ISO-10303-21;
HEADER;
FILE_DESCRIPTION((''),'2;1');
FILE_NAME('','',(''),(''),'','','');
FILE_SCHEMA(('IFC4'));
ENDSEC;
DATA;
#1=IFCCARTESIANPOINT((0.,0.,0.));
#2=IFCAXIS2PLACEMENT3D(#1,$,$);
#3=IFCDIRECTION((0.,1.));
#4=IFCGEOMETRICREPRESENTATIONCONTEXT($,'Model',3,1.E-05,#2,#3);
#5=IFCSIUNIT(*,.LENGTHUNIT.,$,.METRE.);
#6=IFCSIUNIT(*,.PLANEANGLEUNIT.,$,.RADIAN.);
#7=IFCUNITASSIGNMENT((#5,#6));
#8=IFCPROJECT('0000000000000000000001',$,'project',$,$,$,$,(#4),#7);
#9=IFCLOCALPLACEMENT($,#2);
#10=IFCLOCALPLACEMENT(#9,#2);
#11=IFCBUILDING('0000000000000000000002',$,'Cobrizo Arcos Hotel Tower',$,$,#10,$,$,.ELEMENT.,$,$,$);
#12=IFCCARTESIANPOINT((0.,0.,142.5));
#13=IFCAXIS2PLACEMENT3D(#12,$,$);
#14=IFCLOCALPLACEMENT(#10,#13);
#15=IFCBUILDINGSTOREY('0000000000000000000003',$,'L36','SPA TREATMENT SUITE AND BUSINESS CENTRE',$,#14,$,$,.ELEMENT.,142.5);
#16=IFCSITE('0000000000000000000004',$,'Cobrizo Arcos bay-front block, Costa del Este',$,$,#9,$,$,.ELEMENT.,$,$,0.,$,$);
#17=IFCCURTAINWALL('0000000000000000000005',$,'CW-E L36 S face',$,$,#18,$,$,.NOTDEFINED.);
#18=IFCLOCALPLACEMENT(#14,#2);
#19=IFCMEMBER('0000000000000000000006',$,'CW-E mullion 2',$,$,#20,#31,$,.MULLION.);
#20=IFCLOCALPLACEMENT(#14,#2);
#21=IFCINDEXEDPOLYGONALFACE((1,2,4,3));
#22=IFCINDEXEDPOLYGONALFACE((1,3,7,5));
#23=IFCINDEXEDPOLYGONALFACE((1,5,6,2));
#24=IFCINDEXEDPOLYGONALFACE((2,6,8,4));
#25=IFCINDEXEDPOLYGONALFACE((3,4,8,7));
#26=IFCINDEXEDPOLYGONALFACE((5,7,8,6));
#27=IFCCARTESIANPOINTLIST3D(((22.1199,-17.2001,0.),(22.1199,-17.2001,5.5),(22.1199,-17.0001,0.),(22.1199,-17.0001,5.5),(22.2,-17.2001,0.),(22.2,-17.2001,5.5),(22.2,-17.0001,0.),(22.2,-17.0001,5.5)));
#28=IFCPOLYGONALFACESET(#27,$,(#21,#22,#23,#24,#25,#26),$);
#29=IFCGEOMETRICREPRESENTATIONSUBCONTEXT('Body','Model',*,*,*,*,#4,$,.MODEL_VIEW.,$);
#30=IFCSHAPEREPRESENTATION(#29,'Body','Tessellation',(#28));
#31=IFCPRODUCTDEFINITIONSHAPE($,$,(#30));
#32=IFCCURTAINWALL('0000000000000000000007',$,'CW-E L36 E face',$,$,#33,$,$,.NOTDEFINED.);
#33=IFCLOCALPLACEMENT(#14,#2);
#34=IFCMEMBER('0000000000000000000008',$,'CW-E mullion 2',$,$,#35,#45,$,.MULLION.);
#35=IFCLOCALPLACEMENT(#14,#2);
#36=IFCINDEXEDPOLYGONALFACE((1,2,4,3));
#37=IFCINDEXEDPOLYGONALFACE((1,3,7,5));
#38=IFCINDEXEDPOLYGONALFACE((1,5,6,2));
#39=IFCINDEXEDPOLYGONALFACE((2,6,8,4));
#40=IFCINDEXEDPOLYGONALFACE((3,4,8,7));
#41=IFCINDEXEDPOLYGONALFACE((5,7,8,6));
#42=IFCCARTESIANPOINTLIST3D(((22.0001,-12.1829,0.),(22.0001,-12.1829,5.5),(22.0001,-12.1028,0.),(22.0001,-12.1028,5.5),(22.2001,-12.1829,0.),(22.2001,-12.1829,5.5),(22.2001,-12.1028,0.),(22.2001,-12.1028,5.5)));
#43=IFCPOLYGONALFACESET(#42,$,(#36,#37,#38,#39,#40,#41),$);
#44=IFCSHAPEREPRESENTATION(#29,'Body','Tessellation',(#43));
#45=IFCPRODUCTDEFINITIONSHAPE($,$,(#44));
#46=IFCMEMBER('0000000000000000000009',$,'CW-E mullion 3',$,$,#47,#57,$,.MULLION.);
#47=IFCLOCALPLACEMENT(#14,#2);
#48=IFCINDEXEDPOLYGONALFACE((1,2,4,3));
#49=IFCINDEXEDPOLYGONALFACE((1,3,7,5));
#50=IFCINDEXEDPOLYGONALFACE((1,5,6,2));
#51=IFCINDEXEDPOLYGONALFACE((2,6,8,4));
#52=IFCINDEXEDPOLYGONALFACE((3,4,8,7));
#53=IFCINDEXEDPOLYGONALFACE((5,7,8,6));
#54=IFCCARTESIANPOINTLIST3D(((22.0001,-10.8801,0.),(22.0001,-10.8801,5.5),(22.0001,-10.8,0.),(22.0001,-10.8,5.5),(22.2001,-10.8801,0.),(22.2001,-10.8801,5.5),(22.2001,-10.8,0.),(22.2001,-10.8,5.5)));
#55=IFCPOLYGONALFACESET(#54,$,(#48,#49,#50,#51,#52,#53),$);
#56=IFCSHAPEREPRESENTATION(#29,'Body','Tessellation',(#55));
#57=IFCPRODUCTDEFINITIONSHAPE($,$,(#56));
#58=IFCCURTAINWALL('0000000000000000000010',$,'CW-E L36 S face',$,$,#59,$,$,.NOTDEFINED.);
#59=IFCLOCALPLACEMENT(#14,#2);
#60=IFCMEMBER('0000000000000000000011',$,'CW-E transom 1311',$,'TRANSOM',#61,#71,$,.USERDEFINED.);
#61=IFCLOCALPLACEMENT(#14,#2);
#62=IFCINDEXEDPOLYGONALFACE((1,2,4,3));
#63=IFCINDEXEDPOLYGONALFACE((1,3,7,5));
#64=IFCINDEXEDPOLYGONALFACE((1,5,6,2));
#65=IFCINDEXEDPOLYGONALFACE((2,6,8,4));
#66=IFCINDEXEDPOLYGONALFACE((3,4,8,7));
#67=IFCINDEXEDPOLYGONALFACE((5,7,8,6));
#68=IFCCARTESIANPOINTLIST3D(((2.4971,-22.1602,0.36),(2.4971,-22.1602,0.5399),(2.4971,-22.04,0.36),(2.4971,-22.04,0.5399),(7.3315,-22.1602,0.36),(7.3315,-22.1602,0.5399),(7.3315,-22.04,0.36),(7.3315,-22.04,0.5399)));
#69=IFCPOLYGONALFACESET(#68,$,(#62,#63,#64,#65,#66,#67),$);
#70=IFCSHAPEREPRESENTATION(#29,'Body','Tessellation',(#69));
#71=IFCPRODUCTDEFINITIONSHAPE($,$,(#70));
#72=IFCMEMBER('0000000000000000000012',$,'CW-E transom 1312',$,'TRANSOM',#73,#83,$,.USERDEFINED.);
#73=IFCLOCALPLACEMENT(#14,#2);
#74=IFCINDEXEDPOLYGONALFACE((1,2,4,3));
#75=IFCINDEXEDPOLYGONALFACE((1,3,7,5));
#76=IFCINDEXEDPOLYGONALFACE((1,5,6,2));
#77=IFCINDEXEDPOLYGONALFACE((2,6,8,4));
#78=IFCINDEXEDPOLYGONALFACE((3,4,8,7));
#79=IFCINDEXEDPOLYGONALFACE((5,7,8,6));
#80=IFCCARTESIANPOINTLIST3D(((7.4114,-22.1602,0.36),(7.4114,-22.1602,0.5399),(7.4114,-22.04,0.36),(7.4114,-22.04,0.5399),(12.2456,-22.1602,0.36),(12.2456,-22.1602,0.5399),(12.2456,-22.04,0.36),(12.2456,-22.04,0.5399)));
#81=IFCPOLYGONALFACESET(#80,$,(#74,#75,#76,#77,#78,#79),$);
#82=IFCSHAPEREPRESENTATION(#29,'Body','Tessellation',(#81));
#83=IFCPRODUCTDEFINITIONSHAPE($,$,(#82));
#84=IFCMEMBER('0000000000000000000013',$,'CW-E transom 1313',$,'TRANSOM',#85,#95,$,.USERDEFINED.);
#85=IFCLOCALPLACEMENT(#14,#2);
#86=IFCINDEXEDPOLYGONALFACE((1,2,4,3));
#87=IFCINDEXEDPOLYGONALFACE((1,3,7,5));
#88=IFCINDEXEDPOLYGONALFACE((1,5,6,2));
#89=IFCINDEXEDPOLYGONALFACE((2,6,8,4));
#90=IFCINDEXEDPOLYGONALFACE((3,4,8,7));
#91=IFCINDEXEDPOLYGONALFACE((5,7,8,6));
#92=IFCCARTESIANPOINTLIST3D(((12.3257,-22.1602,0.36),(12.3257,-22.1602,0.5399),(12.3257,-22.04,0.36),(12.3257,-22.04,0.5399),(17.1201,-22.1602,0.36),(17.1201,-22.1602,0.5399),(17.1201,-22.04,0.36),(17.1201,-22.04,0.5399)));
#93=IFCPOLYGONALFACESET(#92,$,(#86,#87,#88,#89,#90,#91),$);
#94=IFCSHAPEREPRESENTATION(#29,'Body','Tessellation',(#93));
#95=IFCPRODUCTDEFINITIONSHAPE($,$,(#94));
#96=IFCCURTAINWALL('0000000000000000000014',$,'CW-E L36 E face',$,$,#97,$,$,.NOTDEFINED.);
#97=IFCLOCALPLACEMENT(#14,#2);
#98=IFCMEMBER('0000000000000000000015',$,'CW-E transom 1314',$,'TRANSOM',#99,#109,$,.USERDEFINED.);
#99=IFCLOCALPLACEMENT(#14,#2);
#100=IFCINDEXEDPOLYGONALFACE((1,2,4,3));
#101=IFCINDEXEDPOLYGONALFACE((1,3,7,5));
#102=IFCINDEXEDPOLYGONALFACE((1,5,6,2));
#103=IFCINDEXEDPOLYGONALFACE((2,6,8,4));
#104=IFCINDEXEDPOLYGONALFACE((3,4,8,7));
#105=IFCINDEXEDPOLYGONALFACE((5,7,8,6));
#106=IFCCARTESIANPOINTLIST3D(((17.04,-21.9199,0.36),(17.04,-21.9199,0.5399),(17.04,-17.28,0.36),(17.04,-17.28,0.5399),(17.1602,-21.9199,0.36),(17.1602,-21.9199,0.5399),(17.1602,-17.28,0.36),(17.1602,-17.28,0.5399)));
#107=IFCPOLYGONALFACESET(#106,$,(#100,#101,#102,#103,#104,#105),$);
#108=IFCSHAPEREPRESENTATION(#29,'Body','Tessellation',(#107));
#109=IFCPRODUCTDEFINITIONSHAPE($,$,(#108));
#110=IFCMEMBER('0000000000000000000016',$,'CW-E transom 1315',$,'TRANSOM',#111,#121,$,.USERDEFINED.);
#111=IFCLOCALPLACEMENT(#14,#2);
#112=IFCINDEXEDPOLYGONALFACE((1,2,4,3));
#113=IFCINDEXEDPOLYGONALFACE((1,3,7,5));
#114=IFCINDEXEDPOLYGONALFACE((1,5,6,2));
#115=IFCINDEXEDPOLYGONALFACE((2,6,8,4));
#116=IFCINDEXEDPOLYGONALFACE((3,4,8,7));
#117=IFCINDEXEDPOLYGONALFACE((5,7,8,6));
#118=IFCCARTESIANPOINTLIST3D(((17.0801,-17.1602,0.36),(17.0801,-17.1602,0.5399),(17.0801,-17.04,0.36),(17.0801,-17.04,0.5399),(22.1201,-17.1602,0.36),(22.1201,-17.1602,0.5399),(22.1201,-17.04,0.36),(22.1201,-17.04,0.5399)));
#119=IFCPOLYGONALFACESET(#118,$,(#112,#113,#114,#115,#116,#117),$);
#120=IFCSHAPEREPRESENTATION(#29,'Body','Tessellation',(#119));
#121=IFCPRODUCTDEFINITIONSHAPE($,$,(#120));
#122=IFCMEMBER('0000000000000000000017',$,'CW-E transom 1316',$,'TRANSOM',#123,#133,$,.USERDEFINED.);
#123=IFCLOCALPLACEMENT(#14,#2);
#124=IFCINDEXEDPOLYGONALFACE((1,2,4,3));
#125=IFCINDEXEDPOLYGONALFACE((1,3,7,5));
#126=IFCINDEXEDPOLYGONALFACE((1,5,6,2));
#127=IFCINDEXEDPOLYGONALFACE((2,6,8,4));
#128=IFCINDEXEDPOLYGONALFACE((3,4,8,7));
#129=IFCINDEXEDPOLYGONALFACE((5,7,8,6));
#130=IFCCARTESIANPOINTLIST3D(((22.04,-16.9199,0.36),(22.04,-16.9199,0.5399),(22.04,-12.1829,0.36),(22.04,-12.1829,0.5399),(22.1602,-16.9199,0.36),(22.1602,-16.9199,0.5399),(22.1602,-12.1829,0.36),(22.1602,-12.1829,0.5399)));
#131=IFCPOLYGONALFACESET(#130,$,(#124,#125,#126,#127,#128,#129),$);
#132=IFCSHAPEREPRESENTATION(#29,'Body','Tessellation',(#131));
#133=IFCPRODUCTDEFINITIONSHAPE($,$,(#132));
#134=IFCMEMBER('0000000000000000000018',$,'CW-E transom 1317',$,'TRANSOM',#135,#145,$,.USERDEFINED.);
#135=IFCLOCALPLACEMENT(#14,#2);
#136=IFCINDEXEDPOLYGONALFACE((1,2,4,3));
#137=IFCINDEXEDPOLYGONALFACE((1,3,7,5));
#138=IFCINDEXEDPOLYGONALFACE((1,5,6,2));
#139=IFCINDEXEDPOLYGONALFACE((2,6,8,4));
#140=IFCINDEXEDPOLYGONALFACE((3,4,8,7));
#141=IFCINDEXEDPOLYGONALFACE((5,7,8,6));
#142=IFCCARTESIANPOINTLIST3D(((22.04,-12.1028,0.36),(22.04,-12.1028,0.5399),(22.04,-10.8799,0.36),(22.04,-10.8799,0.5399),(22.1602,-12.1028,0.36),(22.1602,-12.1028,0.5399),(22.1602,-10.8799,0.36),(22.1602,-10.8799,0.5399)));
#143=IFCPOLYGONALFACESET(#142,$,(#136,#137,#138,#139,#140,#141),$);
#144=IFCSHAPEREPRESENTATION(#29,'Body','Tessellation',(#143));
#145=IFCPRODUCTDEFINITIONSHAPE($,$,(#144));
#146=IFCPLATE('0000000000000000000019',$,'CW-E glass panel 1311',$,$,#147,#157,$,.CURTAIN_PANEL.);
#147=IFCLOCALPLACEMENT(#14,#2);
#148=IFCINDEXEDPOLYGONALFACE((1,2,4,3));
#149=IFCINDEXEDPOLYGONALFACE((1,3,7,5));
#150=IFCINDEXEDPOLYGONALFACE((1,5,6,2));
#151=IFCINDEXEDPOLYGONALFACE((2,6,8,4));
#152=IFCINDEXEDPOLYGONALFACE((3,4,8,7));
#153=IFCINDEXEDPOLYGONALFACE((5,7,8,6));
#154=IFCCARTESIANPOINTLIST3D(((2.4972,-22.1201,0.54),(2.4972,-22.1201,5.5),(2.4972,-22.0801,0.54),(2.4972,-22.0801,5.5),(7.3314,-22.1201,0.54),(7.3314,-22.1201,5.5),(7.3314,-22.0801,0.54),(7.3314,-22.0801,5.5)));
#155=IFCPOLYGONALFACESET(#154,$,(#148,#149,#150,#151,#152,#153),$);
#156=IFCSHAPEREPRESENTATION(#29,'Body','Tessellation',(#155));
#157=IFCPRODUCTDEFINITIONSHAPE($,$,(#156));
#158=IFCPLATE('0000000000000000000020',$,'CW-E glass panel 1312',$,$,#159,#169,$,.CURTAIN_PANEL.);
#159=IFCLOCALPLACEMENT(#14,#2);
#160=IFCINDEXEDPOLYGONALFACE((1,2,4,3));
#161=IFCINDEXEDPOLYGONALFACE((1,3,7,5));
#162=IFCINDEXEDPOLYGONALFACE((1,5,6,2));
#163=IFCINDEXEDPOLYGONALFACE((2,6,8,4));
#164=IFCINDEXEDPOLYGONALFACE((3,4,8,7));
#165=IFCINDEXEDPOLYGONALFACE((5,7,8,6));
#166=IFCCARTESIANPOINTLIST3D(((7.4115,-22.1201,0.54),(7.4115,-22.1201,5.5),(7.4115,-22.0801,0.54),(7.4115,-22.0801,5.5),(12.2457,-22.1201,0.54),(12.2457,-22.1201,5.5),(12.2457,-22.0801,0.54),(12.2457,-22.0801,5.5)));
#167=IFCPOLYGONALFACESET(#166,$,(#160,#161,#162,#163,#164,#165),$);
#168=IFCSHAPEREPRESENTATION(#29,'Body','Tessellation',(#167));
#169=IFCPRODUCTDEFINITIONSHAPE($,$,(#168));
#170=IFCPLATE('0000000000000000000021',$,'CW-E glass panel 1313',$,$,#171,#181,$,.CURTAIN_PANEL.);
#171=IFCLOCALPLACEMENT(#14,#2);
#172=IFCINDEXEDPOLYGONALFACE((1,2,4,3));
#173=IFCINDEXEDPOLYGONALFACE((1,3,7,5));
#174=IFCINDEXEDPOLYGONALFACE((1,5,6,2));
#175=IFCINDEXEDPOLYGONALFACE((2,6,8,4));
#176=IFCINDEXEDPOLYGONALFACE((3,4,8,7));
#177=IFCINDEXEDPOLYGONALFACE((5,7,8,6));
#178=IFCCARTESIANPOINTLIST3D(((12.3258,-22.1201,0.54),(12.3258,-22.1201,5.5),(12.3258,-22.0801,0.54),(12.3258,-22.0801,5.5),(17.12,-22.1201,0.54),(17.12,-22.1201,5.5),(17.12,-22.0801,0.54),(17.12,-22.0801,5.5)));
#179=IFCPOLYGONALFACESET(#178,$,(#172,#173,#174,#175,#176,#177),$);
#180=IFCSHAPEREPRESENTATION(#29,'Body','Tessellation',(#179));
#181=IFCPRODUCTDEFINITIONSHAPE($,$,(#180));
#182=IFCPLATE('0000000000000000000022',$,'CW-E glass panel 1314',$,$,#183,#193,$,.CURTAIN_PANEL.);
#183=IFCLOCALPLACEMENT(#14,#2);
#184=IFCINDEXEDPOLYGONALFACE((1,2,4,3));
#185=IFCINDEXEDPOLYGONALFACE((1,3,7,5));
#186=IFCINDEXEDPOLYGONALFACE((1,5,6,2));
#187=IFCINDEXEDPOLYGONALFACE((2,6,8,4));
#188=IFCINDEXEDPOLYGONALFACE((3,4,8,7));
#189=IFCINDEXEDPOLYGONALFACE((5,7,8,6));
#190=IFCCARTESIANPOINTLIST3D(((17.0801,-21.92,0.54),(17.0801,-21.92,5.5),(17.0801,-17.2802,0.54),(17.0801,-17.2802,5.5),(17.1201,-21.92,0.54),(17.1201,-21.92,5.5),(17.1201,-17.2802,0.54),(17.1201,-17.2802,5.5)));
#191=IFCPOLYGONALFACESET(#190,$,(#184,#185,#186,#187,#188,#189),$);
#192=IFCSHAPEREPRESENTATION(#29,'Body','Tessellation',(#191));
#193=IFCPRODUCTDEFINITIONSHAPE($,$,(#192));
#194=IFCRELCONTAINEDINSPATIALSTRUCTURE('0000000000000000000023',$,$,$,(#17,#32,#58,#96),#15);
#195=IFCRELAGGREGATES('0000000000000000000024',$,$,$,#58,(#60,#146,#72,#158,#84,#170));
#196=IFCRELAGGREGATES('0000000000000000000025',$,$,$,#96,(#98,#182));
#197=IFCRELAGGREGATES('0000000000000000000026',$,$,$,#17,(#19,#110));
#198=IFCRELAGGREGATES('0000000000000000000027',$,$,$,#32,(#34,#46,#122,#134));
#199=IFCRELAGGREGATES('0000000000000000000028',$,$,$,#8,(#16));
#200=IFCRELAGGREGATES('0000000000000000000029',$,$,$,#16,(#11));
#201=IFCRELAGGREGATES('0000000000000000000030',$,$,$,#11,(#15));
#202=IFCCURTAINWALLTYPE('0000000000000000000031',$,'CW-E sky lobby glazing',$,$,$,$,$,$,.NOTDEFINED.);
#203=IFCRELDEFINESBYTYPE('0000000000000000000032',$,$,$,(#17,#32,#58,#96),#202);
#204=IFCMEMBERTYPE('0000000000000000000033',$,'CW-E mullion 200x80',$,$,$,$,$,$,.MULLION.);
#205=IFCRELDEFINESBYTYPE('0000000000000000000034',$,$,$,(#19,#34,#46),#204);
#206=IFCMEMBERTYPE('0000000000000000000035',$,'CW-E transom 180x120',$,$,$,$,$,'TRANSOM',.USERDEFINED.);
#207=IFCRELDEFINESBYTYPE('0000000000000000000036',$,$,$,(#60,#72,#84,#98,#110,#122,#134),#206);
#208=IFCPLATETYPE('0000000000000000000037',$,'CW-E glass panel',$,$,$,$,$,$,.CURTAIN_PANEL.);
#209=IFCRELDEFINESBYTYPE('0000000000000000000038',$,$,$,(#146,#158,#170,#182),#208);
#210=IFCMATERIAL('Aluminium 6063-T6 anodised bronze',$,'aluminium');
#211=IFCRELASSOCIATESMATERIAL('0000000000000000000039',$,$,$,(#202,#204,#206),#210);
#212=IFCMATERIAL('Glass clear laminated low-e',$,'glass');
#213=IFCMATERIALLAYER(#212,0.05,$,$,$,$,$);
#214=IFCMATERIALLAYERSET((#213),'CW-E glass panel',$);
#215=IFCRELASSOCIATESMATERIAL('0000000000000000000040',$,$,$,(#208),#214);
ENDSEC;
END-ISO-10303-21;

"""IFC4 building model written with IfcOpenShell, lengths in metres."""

from ifc_helpers import new_model, si_unit, direction, frame, origin, origin_2d, place, context, subcontext, project, spatial, rectangle, extrude, material, layer, layer_set, material_profile, profile_set, type_object, element, aggregate, save


model = new_model("IFC4")

# Units and contexts
model_context = context("Model", 3, precision=1e-05, world=origin(), true_north=direction((0.0, 1.0)))
body_context = subcontext(model_context, "Body", "Model", "MODEL_VIEW")
ifc_project = project(units=[si_unit("LENGTHUNIT", "METRE"), si_unit("PLANEANGLEUNIT", "RADIAN")], contexts=[model_context])

# Site, building, storey
site_placement = place(None, origin())
site = spatial("IfcSite", under=ifc_project, at=site_placement, Name="Cobrizo Arcos bay-front block, Costa del Este", CompositionType="ELEMENT", RefElevation=0.0)
building_placement = place(site_placement, origin())
building = spatial("IfcBuilding", under=site, at=building_placement, Name="Cobrizo Arcos Hotel Tower", CompositionType="ELEMENT")
storey_placement = place(building_placement, frame((0.0, 0.0, 142.5)))
storey = spatial("IfcBuildingStorey", under=building, at=storey_placement, Name="L36", Description="SPA TREATMENT SUITE AND BUSINESS CENTRE", CompositionType="ELEMENT", Elevation=142.5)

# Curtain wall, member
ifc_material_1 = material(Name="Aluminium 6063-T6 anodised bronze", Category="aluminium")
curtain_wall_type = type_object("IfcCurtainWallType", Name="CW-E sky lobby glazing", PredefinedType="NOTDEFINED", material=ifc_material_1)
curtain_wall_1_placement = place(storey_placement, origin())
curtain_wall_1 = element("IfcCurtainWall", 1, at=curtain_wall_1_placement, inside=storey, type_object=curtain_wall_type, Name="CW-E L36 S face", PredefinedType="NOTDEFINED")
ifc_material_profile_1 = material_profile(ifc_material_1, rectangle(XDim=0.2, YDim=0.0801, at=origin_2d()), Name="CW-E mullion 200x80")
ifc_profile_set_1 = profile_set([ifc_material_profile_1], Name="Aluminium 6063-T6 anodised bronze")
member_type_1 = type_object("IfcMemberType", Name="CW-E mullion 200x80", PredefinedType="MULLION", material=ifc_profile_set_1)
member_1_placement = place(storey_placement, frame((22.1599, -17.1001, 0.0), z_axis=(0.0, 0.0, 1.0), x_axis=(0.0, -1.0, 0.0)))
member_1 = element("IfcMember", 2, at=member_1_placement, type_object=member_type_1, Name="CW-E mullion 2", PredefinedType="MULLION", context=body_context, shape_type="SweptSolid", body=[
    extrude(rectangle(XDim=0.2, YDim=0.0801, at=origin_2d()), origin(), (0.0, 0.0, 1.0), 5.5),
])

# Curtain walls, members
curtain_wall_2_placement = place(storey_placement, origin())
curtain_wall_2 = element("IfcCurtainWall", 3, at=curtain_wall_2_placement, inside=storey, type_object=curtain_wall_type, Name="CW-E L36 E face", PredefinedType="NOTDEFINED")
member_2_placement = place(storey_placement, frame((22.1001, -12.1428, 0.0), z_axis=(0.0, 0.0, 1.0), x_axis=(1.0, 0.0, 0.0)))
member_2 = element("IfcMember", 4, at=member_2_placement, type_object=member_type_1, Name="CW-E mullion 2", PredefinedType="MULLION", context=body_context, shape_type="SweptSolid", body=[
    extrude(rectangle(XDim=0.2, YDim=0.0801, at=origin_2d()), origin(), (0.0, 0.0, 1.0), 5.5),
])
member_3_placement = place(storey_placement, frame((22.1001, -10.8401, 0.0), z_axis=(0.0, 0.0, 1.0), x_axis=(1.0, 0.0, 0.0)))
member_3 = element("IfcMember", 5, at=member_3_placement, type_object=member_type_1, Name="CW-E mullion 3", PredefinedType="MULLION", context=body_context, shape_type="SweptSolid", body=[
    extrude(rectangle(XDim=0.2, YDim=0.0801, at=origin_2d()), origin(), (0.0, 0.0, 1.0), 5.5),
])
curtain_wall_3_placement = place(storey_placement, origin())
curtain_wall_3 = element("IfcCurtainWall", 6, at=curtain_wall_3_placement, inside=storey, type_object=curtain_wall_type, Name="CW-E L36 S face", PredefinedType="NOTDEFINED")
ifc_material_profile_2 = material_profile(ifc_material_1, rectangle(XDim=0.1201, YDim=0.1799, at=origin_2d()), Name="CW-E transom 180x120")
ifc_profile_set_2 = profile_set([ifc_material_profile_2], Name="Aluminium 6063-T6 anodised bronze")
member_type_2 = type_object("IfcMemberType", Name="CW-E transom 180x120", ElementType="TRANSOM", PredefinedType="USERDEFINED", material=ifc_profile_set_2)
member_4_placement = place(storey_placement, frame((2.4971, -22.1001, 0.45), z_axis=(1.0, 0.0, 0.0), x_axis=(0.0, 1.0, 0.0)))
member_4 = element("IfcMember", 7, at=member_4_placement, type_object=member_type_2, Name="CW-E transom 1311", ObjectType="TRANSOM", PredefinedType="USERDEFINED", context=body_context, shape_type="SweptSolid", body=[
    extrude(rectangle(XDim=0.1201, YDim=0.1799, at=origin_2d()), origin(), (0.0, 0.0, 1.0), 4.8345),
])
member_5_placement = place(storey_placement, frame((7.4114, -22.1001, 0.45), z_axis=(1.0, 0.0, 0.0), x_axis=(0.0, 1.0, 0.0)))
member_5 = element("IfcMember", 8, at=member_5_placement, type_object=member_type_2, Name="CW-E transom 1312", ObjectType="TRANSOM", PredefinedType="USERDEFINED", context=body_context, shape_type="SweptSolid", body=[
    extrude(rectangle(XDim=0.1201, YDim=0.1799, at=origin_2d()), origin(), (0.0, 0.0, 1.0), 4.8342),
])
member_6_placement = place(storey_placement, frame((12.3257, -22.1001, 0.45), z_axis=(1.0, 0.0, 0.0), x_axis=(0.0, 1.0, 0.0)))
member_6 = element("IfcMember", 9, at=member_6_placement, type_object=member_type_2, Name="CW-E transom 1313", ObjectType="TRANSOM", PredefinedType="USERDEFINED", context=body_context, shape_type="SweptSolid", body=[
    extrude(rectangle(XDim=0.1201, YDim=0.1799, at=origin_2d()), origin(), (0.0, 0.0, 1.0), 4.7944),
])

# Curtain wall, member
curtain_wall_4_placement = place(storey_placement, origin())
curtain_wall_4 = element("IfcCurtainWall", 10, at=curtain_wall_4_placement, inside=storey, type_object=curtain_wall_type, Name="CW-E L36 E face", PredefinedType="NOTDEFINED")
member_7_placement = place(storey_placement, frame((17.1001, -21.9199, 0.45), z_axis=(0.0, 1.0, 0.0), x_axis=(-1.0, 0.0, 0.0)))
member_7 = element("IfcMember", 11, at=member_7_placement, type_object=member_type_2, Name="CW-E transom 1314", ObjectType="TRANSOM", PredefinedType="USERDEFINED", context=body_context, shape_type="SweptSolid", body=[
    extrude(rectangle(XDim=0.1201, YDim=0.1799, at=origin_2d()), origin(), (0.0, 0.0, 1.0), 4.6399),
])

# Members
member_8_placement = place(storey_placement, frame((17.0801, -17.1001, 0.45), z_axis=(1.0, 0.0, 0.0), x_axis=(0.0, 1.0, 0.0)))
member_8 = element("IfcMember", 12, at=member_8_placement, type_object=member_type_2, Name="CW-E transom 1315", ObjectType="TRANSOM", PredefinedType="USERDEFINED", context=body_context, shape_type="SweptSolid", body=[
    extrude(rectangle(XDim=0.1201, YDim=0.1799, at=origin_2d()), origin(), (0.0, 0.0, 1.0), 5.04),
])
member_9_placement = place(storey_placement, frame((22.1001, -16.9199, 0.45), z_axis=(0.0, 1.0, 0.0), x_axis=(-1.0, 0.0, 0.0)))
member_9 = element("IfcMember", 13, at=member_9_placement, type_object=member_type_2, Name="CW-E transom 1316", ObjectType="TRANSOM", PredefinedType="USERDEFINED", context=body_context, shape_type="SweptSolid", body=[
    extrude(rectangle(XDim=0.1201, YDim=0.1799, at=origin_2d()), origin(), (0.0, 0.0, 1.0), 4.7371),
])
member_10_placement = place(storey_placement, frame((22.1001, -12.1028, 0.45), z_axis=(0.0, 1.0, 0.0), x_axis=(-1.0, 0.0, 0.0)))
member_10 = element("IfcMember", 14, at=member_10_placement, type_object=member_type_2, Name="CW-E transom 1317", ObjectType="TRANSOM", PredefinedType="USERDEFINED", context=body_context, shape_type="SweptSolid", body=[
    extrude(rectangle(XDim=0.1201, YDim=0.1799, at=origin_2d()), origin(), (0.0, 0.0, 1.0), 1.2229),
])

# Plates
ifc_material_2 = material(Name="Glass clear laminated low-e", Category="glass")
ifc_layer_1 = layer(ifc_material_2, 0.05)
ifc_layer_set_1 = layer_set([ifc_layer_1], Name="CW-E glass panel")
plate_type_1 = type_object("IfcPlateType", Name="CW-E glass panel", PredefinedType="CURTAIN_PANEL", material=ifc_layer_set_1)
plate_1_placement = place(storey_placement, frame((4.9143, -22.1001, 0.54), z_axis=(0.0, 0.0, 1.0), x_axis=(1.0, 0.0, 0.0)))
plate_1 = element("IfcPlate", 15, at=plate_1_placement, type_object=plate_type_1, Name="CW-E glass panel 1311", PredefinedType="CURTAIN_PANEL", context=body_context, shape_type="SweptSolid", body=[
    extrude(rectangle(XDim=4.8342, YDim=0.04, at=origin_2d()), origin(), (0.0, 0.0, 1.0), 4.96),
])
plate_2_placement = place(storey_placement, frame((9.8286, -22.1001, 0.54), z_axis=(0.0, 0.0, 1.0), x_axis=(1.0, 0.0, 0.0)))
plate_2 = element("IfcPlate", 16, at=plate_2_placement, type_object=plate_type_1, Name="CW-E glass panel 1312", PredefinedType="CURTAIN_PANEL", context=body_context, shape_type="SweptSolid", body=[
    extrude(rectangle(XDim=4.8342, YDim=0.04, at=origin_2d()), origin(), (0.0, 0.0, 1.0), 4.96),
])
plate_3_placement = place(storey_placement, frame((14.7229, -22.1001, 0.54), z_axis=(0.0, 0.0, 1.0), x_axis=(1.0, 0.0, 0.0)))
plate_3 = element("IfcPlate", 17, at=plate_3_placement, type_object=plate_type_1, Name="CW-E glass panel 1313", PredefinedType="CURTAIN_PANEL", context=body_context, shape_type="SweptSolid", body=[
    extrude(rectangle(XDim=4.7942, YDim=0.04, at=origin_2d()), origin(), (0.0, 0.0, 1.0), 4.96),
])
aggregate(curtain_wall_3, [member_4, plate_1, member_5, plate_2, member_6, plate_3])
plate_4_placement = place(storey_placement, frame((17.1001, -19.6001, 0.54), z_axis=(0.0, 0.0, 1.0), x_axis=(0.0, 1.0, 0.0)))
plate_4 = element("IfcPlate", 18, at=plate_4_placement, type_object=plate_type_1, Name="CW-E glass panel 1314", PredefinedType="CURTAIN_PANEL", context=body_context, shape_type="SweptSolid", body=[
    extrude(rectangle(XDim=4.6399, YDim=0.04, at=origin_2d()), origin(), (0.0, 0.0, 1.0), 4.96),
])
aggregate(curtain_wall_4, [member_7, plate_4])
aggregate(curtain_wall_1, [member_1, member_8])
aggregate(curtain_wall_2, [member_2, member_3, member_9, member_10])

save(model, "model.ifc")
